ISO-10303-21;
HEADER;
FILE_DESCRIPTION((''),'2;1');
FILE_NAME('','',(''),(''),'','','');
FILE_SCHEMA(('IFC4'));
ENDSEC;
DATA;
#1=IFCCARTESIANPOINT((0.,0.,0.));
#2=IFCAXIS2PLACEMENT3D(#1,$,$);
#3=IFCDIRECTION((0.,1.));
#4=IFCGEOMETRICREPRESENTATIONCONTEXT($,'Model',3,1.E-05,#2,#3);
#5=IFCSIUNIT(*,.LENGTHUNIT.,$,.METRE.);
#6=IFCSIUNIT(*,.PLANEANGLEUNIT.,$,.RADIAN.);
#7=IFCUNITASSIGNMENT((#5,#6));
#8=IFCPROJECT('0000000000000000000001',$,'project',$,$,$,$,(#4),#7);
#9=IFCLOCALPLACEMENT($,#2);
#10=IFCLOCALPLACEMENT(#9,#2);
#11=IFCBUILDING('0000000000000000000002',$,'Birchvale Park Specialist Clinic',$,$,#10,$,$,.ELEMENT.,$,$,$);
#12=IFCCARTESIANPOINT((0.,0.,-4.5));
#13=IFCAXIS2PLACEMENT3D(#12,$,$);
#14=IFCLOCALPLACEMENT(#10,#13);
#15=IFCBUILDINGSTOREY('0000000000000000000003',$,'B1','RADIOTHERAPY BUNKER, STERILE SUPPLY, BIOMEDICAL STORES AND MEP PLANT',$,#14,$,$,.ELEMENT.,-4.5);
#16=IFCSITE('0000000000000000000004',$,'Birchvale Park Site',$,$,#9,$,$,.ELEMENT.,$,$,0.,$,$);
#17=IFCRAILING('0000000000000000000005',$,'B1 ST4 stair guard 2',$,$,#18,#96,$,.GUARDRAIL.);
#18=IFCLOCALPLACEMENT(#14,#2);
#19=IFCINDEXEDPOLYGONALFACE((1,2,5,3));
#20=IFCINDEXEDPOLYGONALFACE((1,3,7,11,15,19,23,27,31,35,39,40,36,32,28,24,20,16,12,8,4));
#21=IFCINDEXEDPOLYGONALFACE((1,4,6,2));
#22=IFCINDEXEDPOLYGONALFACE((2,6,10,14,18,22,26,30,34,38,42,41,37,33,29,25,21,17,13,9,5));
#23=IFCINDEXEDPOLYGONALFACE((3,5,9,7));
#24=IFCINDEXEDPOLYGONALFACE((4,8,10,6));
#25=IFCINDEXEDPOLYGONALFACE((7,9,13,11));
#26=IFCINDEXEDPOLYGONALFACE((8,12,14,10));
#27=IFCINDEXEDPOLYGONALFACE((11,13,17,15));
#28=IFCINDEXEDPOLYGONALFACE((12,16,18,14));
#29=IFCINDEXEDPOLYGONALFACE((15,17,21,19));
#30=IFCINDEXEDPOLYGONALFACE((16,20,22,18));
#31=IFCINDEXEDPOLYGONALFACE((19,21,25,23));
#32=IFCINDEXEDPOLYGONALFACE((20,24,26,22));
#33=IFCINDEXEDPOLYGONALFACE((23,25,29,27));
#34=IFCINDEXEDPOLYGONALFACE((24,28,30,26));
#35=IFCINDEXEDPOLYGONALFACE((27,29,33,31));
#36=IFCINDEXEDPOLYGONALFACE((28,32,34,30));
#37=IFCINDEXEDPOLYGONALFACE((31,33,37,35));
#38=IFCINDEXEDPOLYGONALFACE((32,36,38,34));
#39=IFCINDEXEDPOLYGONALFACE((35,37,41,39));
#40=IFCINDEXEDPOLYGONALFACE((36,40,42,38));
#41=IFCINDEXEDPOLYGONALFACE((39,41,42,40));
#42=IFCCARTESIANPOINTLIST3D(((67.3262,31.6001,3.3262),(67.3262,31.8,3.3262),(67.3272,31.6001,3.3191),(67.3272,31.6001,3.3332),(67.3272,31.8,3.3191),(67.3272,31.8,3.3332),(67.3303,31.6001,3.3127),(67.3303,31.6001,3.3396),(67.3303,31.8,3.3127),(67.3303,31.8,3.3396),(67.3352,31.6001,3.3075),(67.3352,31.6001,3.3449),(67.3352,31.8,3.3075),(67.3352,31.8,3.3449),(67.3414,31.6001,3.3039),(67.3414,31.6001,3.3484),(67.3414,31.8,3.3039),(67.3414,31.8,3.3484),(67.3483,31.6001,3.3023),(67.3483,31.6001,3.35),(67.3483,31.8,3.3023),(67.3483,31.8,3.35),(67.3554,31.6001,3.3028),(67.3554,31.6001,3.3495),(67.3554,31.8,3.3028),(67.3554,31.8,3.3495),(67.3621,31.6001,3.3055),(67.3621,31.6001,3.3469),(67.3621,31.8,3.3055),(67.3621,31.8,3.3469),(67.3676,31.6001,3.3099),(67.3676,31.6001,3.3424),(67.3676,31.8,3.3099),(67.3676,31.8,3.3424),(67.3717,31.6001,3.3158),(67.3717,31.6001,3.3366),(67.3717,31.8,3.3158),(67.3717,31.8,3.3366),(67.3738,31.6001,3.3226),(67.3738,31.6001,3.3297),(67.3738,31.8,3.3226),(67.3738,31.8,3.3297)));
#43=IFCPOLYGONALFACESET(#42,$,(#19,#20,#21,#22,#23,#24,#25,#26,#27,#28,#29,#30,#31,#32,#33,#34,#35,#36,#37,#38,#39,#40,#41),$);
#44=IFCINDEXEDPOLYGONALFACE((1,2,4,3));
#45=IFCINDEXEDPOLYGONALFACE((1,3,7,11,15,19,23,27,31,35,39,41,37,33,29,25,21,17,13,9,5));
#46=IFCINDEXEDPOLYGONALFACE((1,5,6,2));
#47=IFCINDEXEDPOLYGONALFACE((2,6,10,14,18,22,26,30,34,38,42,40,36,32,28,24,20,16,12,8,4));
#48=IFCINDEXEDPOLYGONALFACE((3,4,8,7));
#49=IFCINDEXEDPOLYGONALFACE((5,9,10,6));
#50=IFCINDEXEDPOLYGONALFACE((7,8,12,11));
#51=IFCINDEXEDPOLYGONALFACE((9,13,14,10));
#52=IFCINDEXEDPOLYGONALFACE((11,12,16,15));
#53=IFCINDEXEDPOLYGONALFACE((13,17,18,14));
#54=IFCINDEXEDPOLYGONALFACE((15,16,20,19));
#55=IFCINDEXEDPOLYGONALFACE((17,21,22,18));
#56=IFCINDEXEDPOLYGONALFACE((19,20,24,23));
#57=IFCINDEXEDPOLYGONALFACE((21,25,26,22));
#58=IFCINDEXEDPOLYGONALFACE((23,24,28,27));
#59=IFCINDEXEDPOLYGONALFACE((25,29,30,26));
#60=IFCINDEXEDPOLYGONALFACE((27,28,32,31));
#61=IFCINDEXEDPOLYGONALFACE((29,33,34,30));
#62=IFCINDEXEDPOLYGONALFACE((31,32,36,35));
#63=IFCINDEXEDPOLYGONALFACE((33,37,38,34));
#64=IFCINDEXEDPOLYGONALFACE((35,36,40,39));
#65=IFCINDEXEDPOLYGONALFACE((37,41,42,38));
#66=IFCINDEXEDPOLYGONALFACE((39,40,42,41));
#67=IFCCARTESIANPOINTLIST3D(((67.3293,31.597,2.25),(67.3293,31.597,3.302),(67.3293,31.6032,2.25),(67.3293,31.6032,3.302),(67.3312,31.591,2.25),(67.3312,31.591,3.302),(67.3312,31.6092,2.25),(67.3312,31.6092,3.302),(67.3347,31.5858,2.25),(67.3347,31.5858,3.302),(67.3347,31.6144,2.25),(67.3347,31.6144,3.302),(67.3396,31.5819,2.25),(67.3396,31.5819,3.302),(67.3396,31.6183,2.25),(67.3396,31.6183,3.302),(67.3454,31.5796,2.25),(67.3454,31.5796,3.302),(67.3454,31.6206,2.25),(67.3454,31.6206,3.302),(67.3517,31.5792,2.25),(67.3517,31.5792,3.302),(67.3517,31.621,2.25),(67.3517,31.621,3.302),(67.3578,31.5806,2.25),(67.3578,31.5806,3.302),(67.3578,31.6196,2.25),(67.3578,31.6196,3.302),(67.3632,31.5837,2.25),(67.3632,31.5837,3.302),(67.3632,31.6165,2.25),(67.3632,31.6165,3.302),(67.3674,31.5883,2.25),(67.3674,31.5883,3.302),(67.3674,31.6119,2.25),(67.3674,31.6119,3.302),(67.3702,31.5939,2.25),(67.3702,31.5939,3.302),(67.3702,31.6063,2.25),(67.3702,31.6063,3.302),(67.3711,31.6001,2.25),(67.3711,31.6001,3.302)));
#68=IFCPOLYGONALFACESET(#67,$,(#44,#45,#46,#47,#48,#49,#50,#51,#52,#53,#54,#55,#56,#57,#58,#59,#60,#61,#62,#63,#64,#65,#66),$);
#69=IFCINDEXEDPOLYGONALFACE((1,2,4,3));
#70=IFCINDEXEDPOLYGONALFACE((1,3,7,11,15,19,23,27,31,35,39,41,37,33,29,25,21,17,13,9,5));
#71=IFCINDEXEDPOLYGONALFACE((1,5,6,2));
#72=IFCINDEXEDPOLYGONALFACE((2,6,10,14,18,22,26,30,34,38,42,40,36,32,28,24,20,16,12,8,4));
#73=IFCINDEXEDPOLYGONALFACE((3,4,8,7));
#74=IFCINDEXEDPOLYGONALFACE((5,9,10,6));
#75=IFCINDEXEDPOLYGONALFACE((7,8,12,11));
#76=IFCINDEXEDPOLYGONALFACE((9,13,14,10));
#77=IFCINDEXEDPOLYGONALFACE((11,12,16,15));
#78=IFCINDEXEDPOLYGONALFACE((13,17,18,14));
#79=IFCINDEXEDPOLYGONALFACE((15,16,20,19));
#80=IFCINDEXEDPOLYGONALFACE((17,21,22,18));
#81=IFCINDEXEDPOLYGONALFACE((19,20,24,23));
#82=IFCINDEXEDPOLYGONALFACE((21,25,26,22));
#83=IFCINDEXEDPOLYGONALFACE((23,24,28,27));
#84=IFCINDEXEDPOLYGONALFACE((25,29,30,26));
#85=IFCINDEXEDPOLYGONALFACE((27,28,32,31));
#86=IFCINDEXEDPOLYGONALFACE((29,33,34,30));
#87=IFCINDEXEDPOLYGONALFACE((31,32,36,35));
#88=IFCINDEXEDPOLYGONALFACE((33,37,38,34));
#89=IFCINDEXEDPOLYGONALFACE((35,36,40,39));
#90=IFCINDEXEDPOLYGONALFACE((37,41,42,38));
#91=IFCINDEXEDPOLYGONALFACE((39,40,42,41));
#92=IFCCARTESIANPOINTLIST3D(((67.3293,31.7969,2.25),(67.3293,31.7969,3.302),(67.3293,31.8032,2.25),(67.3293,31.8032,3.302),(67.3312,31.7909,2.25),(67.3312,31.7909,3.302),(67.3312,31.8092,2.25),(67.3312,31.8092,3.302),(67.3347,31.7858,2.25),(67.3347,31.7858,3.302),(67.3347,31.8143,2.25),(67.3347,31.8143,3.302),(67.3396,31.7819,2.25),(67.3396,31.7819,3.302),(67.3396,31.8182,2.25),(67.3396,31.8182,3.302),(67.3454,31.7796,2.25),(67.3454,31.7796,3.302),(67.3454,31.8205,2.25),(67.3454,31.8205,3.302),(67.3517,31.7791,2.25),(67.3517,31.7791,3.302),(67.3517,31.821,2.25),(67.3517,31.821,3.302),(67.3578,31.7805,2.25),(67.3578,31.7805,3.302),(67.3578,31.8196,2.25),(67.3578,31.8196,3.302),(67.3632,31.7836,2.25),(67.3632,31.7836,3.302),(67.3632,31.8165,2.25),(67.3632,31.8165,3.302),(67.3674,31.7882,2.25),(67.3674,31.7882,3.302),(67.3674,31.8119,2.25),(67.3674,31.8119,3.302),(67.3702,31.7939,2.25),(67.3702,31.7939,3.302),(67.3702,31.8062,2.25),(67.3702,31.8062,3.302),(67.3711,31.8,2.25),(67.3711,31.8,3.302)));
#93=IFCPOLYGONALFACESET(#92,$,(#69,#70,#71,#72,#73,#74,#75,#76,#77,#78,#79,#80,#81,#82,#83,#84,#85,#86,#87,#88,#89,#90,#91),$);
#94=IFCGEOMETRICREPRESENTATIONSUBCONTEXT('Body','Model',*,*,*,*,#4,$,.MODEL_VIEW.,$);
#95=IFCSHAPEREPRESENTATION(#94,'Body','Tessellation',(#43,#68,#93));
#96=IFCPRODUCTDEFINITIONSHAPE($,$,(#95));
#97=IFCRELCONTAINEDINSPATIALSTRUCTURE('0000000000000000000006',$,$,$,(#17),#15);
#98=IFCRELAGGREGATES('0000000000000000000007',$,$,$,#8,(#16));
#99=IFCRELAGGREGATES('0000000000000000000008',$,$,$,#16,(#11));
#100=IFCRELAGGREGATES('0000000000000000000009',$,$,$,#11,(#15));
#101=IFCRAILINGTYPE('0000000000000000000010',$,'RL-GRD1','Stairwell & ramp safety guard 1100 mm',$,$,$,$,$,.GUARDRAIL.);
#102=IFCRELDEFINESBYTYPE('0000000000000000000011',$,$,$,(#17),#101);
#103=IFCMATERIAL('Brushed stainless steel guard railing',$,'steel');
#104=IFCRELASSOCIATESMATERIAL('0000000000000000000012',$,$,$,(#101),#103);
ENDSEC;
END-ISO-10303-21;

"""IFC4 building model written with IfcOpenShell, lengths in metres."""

from ifc_helpers import new_model, si_unit, direction, frame, origin, origin_2d, place, context, subcontext, project, spatial, circle, extrude, material, type_object, element, save


model = new_model("IFC4")

# Units and contexts
model_context = context("Model", 3, precision=1e-05, world=origin(), true_north=direction((0.0, 1.0)))
body_context = subcontext(model_context, "Body", "Model", "MODEL_VIEW")
ifc_project = project(units=[si_unit("LENGTHUNIT", "METRE"), si_unit("PLANEANGLEUNIT", "RADIAN")], contexts=[model_context])

# Site, building, storey
site_placement = place(None, origin())
site = spatial("IfcSite", under=ifc_project, at=site_placement, Name="Birchvale Park Site", CompositionType="ELEMENT", RefElevation=0.0)
building_placement = place(site_placement, origin())
building = spatial("IfcBuilding", under=site, at=building_placement, Name="Birchvale Park Specialist Clinic", CompositionType="ELEMENT")
storey_placement = place(building_placement, frame((0.0, 0.0, -4.5)))
storey = spatial("IfcBuildingStorey", under=building, at=storey_placement, Name="B1", Description="RADIOTHERAPY BUNKER, STERILE SUPPLY, BIOMEDICAL STORES AND MEP PLANT", CompositionType="ELEMENT", Elevation=-4.5)

# Railing
ifc_material_1 = material(Name="Brushed stainless steel guard railing", Category="steel")
railing_type_1 = type_object("IfcRailingType", Name="RL-GRD1", Description="Stairwell & ramp safety guard 1100 mm", PredefinedType="GUARDRAIL", material=ifc_material_1)
railing_1_placement = place(storey_placement, frame((67.3501, 31.6001, 2.25)))
element("IfcRailing", 1, at=railing_1_placement, inside=storey, type_object=railing_type_1, Name="B1 ST4 stair guard 2", PredefinedType="GUARDRAIL", context=body_context, shape_type="SweptSolid", body=[
    extrude(circle(Radius=0.0239, at=origin_2d()), frame((0.0, 0.0, 1.0762), z_axis=(0.0, 1.0, 0.0), x_axis=(-1.0, 0.0, 0.0)), (0.0, 0.0, 1.0), 0.2),
    extrude(circle(Radius=0.021, at=origin_2d()), origin(), (0.0, 0.0, 1.0), 1.052),
    extrude(circle(Radius=0.021, at=origin_2d()), frame((0.0, 0.2, 0.0)), (0.0, 0.0, 1.0), 1.052),
])

save(model, "model.ifc")
